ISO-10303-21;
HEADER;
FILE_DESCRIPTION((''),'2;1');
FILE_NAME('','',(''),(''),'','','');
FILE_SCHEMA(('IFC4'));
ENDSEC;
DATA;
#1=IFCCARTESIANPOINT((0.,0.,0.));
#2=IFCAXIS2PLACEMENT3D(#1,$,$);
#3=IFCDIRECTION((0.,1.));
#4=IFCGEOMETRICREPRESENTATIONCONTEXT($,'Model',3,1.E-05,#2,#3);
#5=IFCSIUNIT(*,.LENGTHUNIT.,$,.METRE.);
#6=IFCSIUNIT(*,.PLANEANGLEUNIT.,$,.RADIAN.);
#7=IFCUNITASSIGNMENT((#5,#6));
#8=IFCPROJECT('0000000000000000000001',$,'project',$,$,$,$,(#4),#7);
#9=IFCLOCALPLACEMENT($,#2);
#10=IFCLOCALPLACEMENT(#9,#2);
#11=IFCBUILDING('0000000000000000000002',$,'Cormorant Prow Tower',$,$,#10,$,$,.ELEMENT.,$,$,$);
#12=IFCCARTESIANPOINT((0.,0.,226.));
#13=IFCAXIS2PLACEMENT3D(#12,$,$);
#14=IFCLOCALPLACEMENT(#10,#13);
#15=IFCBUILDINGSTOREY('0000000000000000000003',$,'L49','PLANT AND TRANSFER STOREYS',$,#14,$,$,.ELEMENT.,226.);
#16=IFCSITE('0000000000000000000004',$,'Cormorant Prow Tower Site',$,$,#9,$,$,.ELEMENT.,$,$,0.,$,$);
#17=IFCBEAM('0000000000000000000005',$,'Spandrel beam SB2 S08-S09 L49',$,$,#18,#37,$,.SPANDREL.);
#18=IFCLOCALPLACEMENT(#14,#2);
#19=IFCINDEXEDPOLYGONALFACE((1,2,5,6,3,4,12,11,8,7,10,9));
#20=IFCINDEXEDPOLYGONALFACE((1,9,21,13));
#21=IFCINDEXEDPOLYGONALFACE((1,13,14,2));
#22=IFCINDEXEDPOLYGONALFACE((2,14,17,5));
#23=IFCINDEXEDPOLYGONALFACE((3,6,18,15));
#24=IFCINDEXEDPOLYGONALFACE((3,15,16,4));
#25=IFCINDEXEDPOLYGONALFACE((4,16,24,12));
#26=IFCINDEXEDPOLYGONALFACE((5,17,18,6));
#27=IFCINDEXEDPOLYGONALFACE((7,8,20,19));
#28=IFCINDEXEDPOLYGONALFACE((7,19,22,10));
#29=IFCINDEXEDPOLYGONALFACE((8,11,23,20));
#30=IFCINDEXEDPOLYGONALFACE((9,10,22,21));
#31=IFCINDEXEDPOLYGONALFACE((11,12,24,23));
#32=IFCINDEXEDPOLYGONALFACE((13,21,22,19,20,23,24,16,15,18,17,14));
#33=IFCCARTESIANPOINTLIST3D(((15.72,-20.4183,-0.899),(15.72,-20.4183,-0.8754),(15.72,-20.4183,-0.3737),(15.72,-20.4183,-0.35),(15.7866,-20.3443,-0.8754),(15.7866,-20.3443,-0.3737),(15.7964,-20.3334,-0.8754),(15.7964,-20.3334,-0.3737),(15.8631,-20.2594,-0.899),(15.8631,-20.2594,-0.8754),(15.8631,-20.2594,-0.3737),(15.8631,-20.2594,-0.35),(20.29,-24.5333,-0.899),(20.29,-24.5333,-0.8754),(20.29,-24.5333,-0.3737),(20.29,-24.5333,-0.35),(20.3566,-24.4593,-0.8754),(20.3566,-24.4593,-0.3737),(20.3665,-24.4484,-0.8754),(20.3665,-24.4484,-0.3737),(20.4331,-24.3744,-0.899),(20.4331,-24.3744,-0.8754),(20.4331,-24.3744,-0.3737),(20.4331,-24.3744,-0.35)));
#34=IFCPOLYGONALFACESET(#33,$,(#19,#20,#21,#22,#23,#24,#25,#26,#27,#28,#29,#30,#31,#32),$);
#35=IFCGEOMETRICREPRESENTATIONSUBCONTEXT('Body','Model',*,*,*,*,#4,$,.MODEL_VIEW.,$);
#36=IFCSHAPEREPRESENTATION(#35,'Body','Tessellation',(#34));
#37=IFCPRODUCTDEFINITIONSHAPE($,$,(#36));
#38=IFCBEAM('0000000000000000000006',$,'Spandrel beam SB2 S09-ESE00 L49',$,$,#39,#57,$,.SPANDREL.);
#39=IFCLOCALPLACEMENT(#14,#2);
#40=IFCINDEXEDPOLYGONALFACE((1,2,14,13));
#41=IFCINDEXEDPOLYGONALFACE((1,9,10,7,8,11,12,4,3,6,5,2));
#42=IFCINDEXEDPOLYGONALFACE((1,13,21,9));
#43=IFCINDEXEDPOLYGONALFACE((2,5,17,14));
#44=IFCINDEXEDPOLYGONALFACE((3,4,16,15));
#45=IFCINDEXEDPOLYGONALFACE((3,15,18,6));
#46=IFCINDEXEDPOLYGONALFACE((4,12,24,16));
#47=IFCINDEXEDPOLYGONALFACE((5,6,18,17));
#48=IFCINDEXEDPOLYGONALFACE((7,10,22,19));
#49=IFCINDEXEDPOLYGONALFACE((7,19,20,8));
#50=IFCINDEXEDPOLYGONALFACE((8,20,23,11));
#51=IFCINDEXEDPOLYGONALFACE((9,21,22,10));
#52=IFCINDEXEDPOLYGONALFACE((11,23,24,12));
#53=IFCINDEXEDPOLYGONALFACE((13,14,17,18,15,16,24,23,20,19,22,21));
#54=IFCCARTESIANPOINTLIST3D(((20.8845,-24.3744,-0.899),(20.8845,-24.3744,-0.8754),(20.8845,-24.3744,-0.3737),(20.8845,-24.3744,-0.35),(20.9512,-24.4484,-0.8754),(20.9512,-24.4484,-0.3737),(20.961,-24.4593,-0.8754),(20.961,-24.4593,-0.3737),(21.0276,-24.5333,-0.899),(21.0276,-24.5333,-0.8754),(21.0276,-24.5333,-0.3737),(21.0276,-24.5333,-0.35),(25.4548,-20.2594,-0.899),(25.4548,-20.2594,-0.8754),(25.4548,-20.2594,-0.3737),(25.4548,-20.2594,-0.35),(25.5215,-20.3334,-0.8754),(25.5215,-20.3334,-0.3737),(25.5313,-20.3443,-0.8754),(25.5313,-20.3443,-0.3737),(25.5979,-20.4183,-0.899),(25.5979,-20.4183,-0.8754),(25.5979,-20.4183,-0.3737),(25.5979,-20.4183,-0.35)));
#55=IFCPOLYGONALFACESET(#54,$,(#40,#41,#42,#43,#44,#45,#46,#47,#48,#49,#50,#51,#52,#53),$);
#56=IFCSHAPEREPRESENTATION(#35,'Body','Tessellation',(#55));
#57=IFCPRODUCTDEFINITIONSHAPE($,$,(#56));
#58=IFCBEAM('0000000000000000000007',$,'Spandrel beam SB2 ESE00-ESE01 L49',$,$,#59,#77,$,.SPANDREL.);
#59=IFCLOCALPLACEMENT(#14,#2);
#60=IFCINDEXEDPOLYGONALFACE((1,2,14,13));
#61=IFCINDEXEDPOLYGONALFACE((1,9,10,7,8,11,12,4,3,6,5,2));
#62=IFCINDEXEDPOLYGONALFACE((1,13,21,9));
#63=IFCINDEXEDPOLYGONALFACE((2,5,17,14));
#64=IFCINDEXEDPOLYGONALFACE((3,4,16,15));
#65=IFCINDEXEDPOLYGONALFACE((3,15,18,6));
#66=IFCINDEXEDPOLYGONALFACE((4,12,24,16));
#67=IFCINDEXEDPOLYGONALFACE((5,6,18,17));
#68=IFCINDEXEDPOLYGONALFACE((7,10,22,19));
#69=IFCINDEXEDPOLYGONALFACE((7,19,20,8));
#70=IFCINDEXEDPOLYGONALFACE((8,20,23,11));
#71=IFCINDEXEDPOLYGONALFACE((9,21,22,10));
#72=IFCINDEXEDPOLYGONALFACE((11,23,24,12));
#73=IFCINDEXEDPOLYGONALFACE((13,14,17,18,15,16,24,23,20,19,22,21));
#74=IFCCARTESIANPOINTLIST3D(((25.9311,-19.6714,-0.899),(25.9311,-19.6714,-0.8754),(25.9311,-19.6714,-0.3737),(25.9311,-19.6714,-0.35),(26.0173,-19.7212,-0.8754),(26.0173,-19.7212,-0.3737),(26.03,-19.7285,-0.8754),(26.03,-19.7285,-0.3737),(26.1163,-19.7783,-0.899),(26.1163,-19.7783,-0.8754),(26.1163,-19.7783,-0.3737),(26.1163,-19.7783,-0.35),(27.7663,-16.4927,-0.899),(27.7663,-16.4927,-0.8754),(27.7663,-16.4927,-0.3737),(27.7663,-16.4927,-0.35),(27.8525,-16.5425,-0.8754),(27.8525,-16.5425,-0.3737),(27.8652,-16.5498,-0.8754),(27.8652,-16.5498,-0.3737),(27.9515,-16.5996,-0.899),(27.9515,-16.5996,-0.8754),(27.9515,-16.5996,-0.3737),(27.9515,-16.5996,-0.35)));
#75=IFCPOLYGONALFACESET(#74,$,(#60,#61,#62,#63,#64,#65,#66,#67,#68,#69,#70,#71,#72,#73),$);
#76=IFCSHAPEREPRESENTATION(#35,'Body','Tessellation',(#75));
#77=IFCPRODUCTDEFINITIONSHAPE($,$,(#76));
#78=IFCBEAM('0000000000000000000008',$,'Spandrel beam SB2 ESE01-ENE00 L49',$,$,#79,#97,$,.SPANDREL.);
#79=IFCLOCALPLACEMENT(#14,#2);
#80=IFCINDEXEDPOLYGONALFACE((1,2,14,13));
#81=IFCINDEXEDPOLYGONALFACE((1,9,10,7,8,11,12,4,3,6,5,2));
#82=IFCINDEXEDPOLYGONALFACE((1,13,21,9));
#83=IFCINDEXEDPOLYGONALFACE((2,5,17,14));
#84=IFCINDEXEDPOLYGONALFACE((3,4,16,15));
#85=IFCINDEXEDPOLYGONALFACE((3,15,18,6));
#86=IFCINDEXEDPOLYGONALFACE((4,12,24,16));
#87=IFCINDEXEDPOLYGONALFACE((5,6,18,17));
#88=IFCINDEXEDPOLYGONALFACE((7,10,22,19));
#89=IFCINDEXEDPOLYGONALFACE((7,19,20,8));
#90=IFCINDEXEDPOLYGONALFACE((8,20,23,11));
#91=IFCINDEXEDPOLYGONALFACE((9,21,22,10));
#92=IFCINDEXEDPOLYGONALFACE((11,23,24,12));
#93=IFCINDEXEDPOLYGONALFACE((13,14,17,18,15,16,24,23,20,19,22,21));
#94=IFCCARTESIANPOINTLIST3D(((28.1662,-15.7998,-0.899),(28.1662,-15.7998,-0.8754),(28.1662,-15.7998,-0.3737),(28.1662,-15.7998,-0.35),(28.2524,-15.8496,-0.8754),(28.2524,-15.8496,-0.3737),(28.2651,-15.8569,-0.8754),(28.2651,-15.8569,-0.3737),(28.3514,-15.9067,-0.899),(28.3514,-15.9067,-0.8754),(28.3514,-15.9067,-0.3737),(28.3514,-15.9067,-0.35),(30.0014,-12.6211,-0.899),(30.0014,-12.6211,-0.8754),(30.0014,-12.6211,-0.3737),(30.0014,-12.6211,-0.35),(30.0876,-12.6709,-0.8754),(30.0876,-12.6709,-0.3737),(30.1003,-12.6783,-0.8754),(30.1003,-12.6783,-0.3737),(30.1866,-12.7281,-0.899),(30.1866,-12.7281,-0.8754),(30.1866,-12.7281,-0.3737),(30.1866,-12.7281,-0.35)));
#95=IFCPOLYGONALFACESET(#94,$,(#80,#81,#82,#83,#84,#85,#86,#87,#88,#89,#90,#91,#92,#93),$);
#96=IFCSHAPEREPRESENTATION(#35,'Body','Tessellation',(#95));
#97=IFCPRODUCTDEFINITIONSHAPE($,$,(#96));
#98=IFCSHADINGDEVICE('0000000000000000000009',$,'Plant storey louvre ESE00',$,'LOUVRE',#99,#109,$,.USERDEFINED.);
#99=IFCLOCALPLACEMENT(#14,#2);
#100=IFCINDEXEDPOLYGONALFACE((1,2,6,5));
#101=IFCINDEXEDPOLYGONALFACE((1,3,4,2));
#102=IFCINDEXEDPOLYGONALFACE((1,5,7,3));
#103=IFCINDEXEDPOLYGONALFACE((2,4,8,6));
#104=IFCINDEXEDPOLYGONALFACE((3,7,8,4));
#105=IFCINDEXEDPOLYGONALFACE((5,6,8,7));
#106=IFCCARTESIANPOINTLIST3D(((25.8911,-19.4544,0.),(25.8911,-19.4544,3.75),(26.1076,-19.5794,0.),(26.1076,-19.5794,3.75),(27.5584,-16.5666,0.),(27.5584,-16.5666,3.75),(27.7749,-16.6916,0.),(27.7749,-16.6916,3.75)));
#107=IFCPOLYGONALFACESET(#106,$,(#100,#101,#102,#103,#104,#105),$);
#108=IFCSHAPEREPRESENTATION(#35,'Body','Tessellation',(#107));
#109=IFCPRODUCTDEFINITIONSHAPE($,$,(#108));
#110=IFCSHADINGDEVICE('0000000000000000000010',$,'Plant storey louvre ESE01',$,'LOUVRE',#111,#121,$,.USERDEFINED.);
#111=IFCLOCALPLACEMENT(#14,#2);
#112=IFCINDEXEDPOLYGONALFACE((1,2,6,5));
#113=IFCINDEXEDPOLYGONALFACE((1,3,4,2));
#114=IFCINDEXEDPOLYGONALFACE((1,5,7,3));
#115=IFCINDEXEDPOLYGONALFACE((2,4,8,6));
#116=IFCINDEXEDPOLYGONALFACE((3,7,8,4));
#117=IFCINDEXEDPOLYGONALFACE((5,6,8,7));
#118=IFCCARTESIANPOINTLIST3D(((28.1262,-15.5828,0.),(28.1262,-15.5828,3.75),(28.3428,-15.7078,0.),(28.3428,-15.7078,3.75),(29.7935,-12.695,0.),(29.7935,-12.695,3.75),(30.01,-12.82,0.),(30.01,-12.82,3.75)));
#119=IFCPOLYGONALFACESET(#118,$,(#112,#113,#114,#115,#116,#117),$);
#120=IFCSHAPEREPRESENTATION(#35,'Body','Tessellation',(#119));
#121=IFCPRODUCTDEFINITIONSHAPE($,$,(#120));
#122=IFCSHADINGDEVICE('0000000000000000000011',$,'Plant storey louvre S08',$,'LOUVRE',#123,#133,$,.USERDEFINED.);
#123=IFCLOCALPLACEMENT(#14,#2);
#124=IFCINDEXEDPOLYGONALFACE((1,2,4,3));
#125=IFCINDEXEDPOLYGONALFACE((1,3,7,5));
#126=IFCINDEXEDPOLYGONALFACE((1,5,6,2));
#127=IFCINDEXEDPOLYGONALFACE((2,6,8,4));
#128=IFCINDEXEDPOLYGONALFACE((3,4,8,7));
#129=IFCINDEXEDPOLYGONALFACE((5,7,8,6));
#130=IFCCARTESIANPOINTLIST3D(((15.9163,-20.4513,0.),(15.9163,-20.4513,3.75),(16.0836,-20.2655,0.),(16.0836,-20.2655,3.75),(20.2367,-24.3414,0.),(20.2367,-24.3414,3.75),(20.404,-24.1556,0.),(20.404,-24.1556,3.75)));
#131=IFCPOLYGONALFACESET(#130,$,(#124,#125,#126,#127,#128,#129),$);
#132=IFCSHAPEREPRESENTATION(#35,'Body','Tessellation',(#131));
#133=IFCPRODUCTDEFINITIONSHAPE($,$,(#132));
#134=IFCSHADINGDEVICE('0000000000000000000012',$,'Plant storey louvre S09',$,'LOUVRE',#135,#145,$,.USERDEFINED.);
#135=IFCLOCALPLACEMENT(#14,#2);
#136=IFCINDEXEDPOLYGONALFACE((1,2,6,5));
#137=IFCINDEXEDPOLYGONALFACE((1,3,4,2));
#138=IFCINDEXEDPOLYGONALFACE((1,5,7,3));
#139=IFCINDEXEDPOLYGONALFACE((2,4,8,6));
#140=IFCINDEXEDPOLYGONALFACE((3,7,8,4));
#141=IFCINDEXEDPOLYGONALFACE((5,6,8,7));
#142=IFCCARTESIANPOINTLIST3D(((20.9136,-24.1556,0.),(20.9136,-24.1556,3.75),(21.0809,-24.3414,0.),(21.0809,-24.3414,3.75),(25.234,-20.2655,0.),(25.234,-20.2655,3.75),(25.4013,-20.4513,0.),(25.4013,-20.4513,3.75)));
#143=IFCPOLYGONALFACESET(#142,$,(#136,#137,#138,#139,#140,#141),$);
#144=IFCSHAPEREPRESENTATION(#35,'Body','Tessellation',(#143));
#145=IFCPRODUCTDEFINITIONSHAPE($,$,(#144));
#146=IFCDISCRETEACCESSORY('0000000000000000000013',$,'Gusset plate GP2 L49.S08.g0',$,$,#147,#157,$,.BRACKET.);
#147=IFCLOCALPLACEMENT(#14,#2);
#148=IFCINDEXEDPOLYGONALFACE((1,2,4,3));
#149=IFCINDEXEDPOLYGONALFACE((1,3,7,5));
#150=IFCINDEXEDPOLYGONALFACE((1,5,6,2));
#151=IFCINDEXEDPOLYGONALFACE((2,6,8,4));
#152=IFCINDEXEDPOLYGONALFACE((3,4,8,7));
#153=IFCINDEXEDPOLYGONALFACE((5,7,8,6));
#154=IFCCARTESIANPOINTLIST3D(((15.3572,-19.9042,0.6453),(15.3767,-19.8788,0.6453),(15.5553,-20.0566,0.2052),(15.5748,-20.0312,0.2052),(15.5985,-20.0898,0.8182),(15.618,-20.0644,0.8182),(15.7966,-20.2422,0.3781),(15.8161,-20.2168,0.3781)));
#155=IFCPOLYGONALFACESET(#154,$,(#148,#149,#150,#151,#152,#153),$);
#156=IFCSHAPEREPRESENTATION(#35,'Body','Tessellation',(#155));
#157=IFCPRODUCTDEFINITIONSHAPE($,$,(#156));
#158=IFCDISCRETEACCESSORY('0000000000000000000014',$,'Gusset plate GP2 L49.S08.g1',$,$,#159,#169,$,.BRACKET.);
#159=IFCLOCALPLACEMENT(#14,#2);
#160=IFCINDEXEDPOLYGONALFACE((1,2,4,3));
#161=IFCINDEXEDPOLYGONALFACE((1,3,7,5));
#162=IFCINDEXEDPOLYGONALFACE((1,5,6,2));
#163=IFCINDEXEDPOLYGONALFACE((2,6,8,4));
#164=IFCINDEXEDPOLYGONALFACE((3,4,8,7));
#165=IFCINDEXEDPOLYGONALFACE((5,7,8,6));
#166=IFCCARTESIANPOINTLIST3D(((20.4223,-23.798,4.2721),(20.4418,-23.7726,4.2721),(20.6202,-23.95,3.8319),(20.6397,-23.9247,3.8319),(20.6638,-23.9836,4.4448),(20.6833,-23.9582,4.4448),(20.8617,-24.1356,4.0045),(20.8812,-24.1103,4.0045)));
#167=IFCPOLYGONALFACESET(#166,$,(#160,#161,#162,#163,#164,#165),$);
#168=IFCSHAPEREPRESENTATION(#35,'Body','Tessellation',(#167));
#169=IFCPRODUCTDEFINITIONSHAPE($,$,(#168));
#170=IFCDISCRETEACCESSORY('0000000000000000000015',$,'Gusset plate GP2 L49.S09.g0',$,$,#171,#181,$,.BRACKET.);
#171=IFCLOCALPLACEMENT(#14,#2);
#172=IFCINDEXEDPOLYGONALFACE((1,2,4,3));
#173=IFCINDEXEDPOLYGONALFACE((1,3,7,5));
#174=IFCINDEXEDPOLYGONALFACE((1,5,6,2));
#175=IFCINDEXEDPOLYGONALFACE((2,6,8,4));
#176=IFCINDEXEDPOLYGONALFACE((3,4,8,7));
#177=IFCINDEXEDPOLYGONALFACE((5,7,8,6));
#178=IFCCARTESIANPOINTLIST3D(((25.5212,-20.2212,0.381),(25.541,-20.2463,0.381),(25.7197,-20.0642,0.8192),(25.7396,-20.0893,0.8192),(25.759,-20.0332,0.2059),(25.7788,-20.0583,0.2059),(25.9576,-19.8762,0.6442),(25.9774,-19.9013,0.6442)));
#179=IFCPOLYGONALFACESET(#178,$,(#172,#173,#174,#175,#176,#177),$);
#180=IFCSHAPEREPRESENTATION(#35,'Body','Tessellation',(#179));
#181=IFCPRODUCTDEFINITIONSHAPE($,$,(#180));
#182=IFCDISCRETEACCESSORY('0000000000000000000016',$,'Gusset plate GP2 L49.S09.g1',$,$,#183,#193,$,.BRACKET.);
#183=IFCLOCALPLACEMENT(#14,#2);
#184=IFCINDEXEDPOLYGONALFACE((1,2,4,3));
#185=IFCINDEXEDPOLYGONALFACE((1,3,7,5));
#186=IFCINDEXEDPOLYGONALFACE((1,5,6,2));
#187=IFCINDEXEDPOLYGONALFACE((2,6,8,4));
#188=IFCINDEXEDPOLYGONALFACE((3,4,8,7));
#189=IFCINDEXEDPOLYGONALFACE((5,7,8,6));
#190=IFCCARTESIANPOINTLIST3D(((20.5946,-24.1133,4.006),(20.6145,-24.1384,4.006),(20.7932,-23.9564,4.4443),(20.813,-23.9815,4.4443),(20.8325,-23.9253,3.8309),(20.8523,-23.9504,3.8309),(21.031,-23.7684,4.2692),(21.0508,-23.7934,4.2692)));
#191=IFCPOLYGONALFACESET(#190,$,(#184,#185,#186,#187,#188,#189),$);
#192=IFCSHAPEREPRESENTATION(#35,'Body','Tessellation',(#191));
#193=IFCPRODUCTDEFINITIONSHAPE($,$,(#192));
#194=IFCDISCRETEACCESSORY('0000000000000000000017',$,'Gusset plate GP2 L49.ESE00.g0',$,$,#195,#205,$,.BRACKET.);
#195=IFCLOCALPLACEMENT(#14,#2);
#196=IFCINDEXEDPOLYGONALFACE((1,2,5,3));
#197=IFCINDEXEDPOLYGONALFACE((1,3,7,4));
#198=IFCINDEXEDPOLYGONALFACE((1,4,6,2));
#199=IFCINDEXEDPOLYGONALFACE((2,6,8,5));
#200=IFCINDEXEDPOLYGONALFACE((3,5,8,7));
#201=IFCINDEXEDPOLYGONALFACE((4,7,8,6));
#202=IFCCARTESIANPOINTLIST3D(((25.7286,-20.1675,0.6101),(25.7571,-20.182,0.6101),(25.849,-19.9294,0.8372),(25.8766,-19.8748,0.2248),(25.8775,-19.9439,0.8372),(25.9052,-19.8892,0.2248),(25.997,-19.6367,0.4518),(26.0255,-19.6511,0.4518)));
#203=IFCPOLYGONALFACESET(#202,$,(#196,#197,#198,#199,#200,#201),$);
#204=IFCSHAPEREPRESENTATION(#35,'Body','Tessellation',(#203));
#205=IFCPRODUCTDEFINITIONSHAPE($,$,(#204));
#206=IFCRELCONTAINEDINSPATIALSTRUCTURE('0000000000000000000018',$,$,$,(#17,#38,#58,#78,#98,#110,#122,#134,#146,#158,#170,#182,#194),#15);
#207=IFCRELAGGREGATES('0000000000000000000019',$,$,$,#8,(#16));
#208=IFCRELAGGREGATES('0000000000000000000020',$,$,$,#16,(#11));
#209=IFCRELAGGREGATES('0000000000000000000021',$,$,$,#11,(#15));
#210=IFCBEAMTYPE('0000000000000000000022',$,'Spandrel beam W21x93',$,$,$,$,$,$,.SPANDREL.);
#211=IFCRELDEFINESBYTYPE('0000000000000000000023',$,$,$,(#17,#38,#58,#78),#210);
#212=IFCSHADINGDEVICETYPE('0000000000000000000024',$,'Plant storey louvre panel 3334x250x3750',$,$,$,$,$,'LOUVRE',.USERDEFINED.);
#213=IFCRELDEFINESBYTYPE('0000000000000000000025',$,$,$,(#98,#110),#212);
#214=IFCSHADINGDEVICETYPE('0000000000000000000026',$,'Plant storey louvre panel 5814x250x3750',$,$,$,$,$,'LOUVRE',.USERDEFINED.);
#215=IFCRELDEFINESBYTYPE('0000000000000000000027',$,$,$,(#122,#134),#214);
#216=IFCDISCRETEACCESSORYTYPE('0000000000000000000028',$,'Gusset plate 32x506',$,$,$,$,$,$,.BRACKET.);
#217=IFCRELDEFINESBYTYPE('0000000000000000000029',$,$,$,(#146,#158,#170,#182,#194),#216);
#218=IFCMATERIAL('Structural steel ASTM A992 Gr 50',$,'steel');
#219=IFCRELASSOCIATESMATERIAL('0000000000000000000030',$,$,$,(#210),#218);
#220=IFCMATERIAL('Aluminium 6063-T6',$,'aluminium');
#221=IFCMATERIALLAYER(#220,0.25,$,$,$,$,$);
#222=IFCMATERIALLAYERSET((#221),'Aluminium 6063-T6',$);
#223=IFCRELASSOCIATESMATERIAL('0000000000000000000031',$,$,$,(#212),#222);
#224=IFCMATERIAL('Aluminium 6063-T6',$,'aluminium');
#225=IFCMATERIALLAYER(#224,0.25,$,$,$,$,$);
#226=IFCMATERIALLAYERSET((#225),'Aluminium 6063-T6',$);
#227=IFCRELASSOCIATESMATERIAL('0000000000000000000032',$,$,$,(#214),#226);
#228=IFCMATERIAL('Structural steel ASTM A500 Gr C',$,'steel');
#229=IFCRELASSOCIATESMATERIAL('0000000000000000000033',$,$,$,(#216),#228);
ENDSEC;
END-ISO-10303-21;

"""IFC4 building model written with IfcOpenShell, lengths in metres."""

from ifc_helpers import new_model, si_unit, direction, frame, origin, origin_2d, place, context, subcontext, project, spatial, rectangle, i_section, extrude, material, layer, layer_set, material_profile, profile_set, type_object, element, save


model = new_model("IFC4")

# Units and contexts
model_context = context("Model", 3, precision=1e-05, world=origin(), true_north=direction((0.0, 1.0)))
body_context = subcontext(model_context, "Body", "Model", "MODEL_VIEW")
ifc_project = project(units=[si_unit("LENGTHUNIT", "METRE"), si_unit("PLANEANGLEUNIT", "RADIAN")], contexts=[model_context])

# Site, building, storey
site_placement = place(None, origin())
site = spatial("IfcSite", under=ifc_project, at=site_placement, Name="Cormorant Prow Tower Site", CompositionType="ELEMENT", RefElevation=0.0)
building_placement = place(site_placement, origin())
building = spatial("IfcBuilding", under=site, at=building_placement, Name="Cormorant Prow Tower", CompositionType="ELEMENT")
storey_placement = place(building_placement, frame((0.0, 0.0, 226.0)))
storey = spatial("IfcBuildingStorey", under=building, at=storey_placement, Name="L49", Description="PLANT AND TRANSFER STOREYS", CompositionType="ELEMENT", Elevation=226.0)

# Beams
ifc_material_1 = material(Name="Structural steel ASTM A992 Gr 50", Category="steel")
ifc_material_profile_1 = material_profile(ifc_material_1, i_section(OverallWidth=0.2139, OverallDepth=0.5491, WebThickness=0.0146, FlangeThickness=0.0237, at=origin_2d()), Name="W21x93")
ifc_profile_set_1 = profile_set([ifc_material_profile_1], Name="Structural steel ASTM A992 Gr 50")
beam_type = type_object("IfcBeamType", Name="Spandrel beam W21x93", PredefinedType="SPANDREL", material=ifc_profile_set_1)
beam_1_placement = place(storey_placement, frame((15.7915, -20.3389, -0.6245), z_axis=(0.743138, -0.669138, 0.0), x_axis=(0.669138, 0.743138, 0.0)))
element("IfcBeam", 1, at=beam_1_placement, inside=storey, type_object=beam_type, Name="Spandrel beam SB2 S08-S09 L49", PredefinedType="SPANDREL", context=body_context, shape_type="SweptSolid", body=[
    extrude(i_section(OverallWidth=0.2139, OverallDepth=0.5491, WebThickness=0.0146, FlangeThickness=0.0237, at=origin_2d()), origin(), (0.0, 0.0, 1.0), 6.1497),
])
beam_2_placement = place(storey_placement, frame((20.9561, -24.4539, -0.6245), z_axis=(0.743156, 0.669118, 0.0), x_axis=(-0.669118, 0.743156, 0.0)))
element("IfcBeam", 2, at=beam_2_placement, inside=storey, type_object=beam_type, Name="Spandrel beam SB2 S09-ESE00 L49", PredefinedType="SPANDREL", context=body_context, shape_type="SweptSolid", body=[
    extrude(i_section(OverallWidth=0.2139, OverallDepth=0.5491, WebThickness=0.0146, FlangeThickness=0.0237, at=origin_2d()), origin(), (0.0, 0.0, 1.0), 6.1499),
])
for number, where, z_axis, x_axis, name in (
    (3, (26.0237, -19.7249, -0.6245), (0.499995, 0.866028, 0.0), (-0.866028, 0.499995, 0.0), "Spandrel beam SB2 ESE00-ESE01 L49"),
    (4, (28.2588, -15.8533, -0.6245), (0.499995, 0.866028, 0.0), (-0.866028, 0.499995, 0.0), "Spandrel beam SB2 ESE01-ENE00 L49"),
):
    element("IfcBeam", number, at=place(storey_placement, frame(where, z_axis=z_axis, x_axis=x_axis)), inside=storey, type_object=beam_type, Name=name, PredefinedType="SPANDREL", context=body_context, shape_type="SweptSolid", body=[
        extrude(i_section(OverallWidth=0.2139, OverallDepth=0.5491, WebThickness=0.0146, FlangeThickness=0.0237, at=origin_2d()), origin(), (0.0, 0.0, 1.0), 3.6704),
    ])

# Shading devices
ifc_material_2 = material(Name="Aluminium 6063-T6", Category="aluminium")
ifc_layer_1 = layer(ifc_material_2, 0.25)
ifc_layer_set_1 = layer_set([ifc_layer_1], Name="Aluminium 6063-T6")
shading_device_type_1 = type_object("IfcShadingDeviceType", Name="Plant storey louvre panel 3334x250x3750", ElementType="LOUVRE", PredefinedType="USERDEFINED", material=ifc_layer_set_1)
for number, where, z_axis, x_axis, name in (
    (5, (26.833, -18.073, 0.0), (0.0, 0.0, 1.0), (0.5, 0.866025, 0.0), "Plant storey louvre ESE00"),
    (6, (29.0681, -14.2014, 0.0), (0.0, 0.0, 1.0), (0.5, 0.866025, 0.0), "Plant storey louvre ESE01"),
):
    element("IfcShadingDevice", number, at=place(storey_placement, frame(where, z_axis=z_axis, x_axis=x_axis)), inside=storey, type_object=shading_device_type_1, Name=name, ObjectType="LOUVRE", PredefinedType="USERDEFINED", context=body_context, shape_type="SweptSolid", body=[
        extrude(rectangle(XDim=3.3345, YDim=0.25, at=origin_2d()), origin(), (0.0, 0.0, 1.0), 3.75),
    ])
ifc_material_3 = material(Name="Aluminium 6063-T6", Category="aluminium")
ifc_layer_2 = layer(ifc_material_3, 0.25)
ifc_layer_set_2 = layer_set([ifc_layer_2], Name="Aluminium 6063-T6")
shading_device_type_2 = type_object("IfcShadingDeviceType", Name="Plant storey louvre panel 5814x250x3750", ElementType="LOUVRE", PredefinedType="USERDEFINED", material=ifc_layer_set_2)
for number, where, z_axis, x_axis, name in (
    (7, (18.1602, -22.3035, 0.0), (0.0, 0.0, 1.0), (0.743145, -0.669131, 0.0), "Plant storey louvre S08"),
    (8, (23.1575, -22.3035, 0.0), (0.0, 0.0, 1.0), (0.743145, 0.669131, 0.0), "Plant storey louvre S09"),
):
    element("IfcShadingDevice", number, at=place(storey_placement, frame(where, z_axis=z_axis, x_axis=x_axis)), inside=storey, type_object=shading_device_type_2, Name=name, ObjectType="LOUVRE", PredefinedType="USERDEFINED", context=body_context, shape_type="SweptSolid", body=[
        extrude(rectangle(XDim=5.8137, YDim=0.25, at=origin_2d()), origin(), (0.0, 0.0, 1.0), 3.75),
    ])

# Discrete accessories
ifc_material_4 = material(Name="Structural steel ASTM A500 Gr C", Category="steel")
ifc_material_profile_2 = material_profile(ifc_material_4, rectangle(XDim=0.032, YDim=0.5061, at=origin_2d()), Name="Gusset plate 32x506")
ifc_profile_set_2 = profile_set([ifc_material_profile_2], Name="Structural steel ASTM A500 Gr C")
discrete_accessory_type_1 = type_object("IfcDiscreteAccessoryType", Name="Gusset plate 32x506", PredefinedType="BRACKET", material=ifc_profile_set_2)
for number, where, z_axis, x_axis, name in (
    (9, (15.7073, -20.1533, 0.5981), (-0.689208, 0.53016, -0.493886), (-0.609711, -0.792624, 0.0), "Gusset plate GP2 L49.S08.g0"),
    (10, (20.531, -23.8613, 4.052), (0.689811, -0.530087, 0.493121), (0.609323, 0.792922, 0.0), "Gusset plate GP2 L49.S08.g1"),
    (11, (25.6304, -20.1553, 0.6001), (0.679333, 0.53705, -0.500084), (-0.620166, 0.78447, 0.0), "Gusset plate GP2 L49.S09.g0"),
    (12, (20.9417, -23.8594, 4.05), (-0.679333, -0.53705, 0.500084), (0.620166, -0.78447, 0.0), "Gusset plate GP2 L49.S09.g1"),
):
    element("IfcDiscreteAccessory", number, at=place(storey_placement, frame(where, z_axis=z_axis, x_axis=x_axis)), inside=storey, type_object=discrete_accessory_type_1, Name=name, PredefinedType="BRACKET", context=body_context, shape_type="SweptSolid", body=[
        extrude(rectangle(XDim=0.032, YDim=0.5061, at=origin_2d()), origin(), (0.0, 0.0, 1.0), 0.3501),
    ])
discrete_accessory_1_placement = place(storey_placement, frame((25.9373, -19.7903, 0.6445), z_axis=(-0.343608, -0.67955, -0.648186), x_axis=(0.892404, -0.451236, 0.0)))
element("IfcDiscreteAccessory", 13, at=discrete_accessory_1_placement, inside=storey, type_object=discrete_accessory_type_1, Name="Gusset plate GP2 L49.ESE00.g0", PredefinedType="BRACKET", context=body_context, shape_type="SweptSolid", body=[
    extrude(rectangle(XDim=0.032, YDim=0.5061, at=origin_2d()), origin(), (0.0, 0.0, 1.0), 0.3503),
])

save(model, "model.ifc")
